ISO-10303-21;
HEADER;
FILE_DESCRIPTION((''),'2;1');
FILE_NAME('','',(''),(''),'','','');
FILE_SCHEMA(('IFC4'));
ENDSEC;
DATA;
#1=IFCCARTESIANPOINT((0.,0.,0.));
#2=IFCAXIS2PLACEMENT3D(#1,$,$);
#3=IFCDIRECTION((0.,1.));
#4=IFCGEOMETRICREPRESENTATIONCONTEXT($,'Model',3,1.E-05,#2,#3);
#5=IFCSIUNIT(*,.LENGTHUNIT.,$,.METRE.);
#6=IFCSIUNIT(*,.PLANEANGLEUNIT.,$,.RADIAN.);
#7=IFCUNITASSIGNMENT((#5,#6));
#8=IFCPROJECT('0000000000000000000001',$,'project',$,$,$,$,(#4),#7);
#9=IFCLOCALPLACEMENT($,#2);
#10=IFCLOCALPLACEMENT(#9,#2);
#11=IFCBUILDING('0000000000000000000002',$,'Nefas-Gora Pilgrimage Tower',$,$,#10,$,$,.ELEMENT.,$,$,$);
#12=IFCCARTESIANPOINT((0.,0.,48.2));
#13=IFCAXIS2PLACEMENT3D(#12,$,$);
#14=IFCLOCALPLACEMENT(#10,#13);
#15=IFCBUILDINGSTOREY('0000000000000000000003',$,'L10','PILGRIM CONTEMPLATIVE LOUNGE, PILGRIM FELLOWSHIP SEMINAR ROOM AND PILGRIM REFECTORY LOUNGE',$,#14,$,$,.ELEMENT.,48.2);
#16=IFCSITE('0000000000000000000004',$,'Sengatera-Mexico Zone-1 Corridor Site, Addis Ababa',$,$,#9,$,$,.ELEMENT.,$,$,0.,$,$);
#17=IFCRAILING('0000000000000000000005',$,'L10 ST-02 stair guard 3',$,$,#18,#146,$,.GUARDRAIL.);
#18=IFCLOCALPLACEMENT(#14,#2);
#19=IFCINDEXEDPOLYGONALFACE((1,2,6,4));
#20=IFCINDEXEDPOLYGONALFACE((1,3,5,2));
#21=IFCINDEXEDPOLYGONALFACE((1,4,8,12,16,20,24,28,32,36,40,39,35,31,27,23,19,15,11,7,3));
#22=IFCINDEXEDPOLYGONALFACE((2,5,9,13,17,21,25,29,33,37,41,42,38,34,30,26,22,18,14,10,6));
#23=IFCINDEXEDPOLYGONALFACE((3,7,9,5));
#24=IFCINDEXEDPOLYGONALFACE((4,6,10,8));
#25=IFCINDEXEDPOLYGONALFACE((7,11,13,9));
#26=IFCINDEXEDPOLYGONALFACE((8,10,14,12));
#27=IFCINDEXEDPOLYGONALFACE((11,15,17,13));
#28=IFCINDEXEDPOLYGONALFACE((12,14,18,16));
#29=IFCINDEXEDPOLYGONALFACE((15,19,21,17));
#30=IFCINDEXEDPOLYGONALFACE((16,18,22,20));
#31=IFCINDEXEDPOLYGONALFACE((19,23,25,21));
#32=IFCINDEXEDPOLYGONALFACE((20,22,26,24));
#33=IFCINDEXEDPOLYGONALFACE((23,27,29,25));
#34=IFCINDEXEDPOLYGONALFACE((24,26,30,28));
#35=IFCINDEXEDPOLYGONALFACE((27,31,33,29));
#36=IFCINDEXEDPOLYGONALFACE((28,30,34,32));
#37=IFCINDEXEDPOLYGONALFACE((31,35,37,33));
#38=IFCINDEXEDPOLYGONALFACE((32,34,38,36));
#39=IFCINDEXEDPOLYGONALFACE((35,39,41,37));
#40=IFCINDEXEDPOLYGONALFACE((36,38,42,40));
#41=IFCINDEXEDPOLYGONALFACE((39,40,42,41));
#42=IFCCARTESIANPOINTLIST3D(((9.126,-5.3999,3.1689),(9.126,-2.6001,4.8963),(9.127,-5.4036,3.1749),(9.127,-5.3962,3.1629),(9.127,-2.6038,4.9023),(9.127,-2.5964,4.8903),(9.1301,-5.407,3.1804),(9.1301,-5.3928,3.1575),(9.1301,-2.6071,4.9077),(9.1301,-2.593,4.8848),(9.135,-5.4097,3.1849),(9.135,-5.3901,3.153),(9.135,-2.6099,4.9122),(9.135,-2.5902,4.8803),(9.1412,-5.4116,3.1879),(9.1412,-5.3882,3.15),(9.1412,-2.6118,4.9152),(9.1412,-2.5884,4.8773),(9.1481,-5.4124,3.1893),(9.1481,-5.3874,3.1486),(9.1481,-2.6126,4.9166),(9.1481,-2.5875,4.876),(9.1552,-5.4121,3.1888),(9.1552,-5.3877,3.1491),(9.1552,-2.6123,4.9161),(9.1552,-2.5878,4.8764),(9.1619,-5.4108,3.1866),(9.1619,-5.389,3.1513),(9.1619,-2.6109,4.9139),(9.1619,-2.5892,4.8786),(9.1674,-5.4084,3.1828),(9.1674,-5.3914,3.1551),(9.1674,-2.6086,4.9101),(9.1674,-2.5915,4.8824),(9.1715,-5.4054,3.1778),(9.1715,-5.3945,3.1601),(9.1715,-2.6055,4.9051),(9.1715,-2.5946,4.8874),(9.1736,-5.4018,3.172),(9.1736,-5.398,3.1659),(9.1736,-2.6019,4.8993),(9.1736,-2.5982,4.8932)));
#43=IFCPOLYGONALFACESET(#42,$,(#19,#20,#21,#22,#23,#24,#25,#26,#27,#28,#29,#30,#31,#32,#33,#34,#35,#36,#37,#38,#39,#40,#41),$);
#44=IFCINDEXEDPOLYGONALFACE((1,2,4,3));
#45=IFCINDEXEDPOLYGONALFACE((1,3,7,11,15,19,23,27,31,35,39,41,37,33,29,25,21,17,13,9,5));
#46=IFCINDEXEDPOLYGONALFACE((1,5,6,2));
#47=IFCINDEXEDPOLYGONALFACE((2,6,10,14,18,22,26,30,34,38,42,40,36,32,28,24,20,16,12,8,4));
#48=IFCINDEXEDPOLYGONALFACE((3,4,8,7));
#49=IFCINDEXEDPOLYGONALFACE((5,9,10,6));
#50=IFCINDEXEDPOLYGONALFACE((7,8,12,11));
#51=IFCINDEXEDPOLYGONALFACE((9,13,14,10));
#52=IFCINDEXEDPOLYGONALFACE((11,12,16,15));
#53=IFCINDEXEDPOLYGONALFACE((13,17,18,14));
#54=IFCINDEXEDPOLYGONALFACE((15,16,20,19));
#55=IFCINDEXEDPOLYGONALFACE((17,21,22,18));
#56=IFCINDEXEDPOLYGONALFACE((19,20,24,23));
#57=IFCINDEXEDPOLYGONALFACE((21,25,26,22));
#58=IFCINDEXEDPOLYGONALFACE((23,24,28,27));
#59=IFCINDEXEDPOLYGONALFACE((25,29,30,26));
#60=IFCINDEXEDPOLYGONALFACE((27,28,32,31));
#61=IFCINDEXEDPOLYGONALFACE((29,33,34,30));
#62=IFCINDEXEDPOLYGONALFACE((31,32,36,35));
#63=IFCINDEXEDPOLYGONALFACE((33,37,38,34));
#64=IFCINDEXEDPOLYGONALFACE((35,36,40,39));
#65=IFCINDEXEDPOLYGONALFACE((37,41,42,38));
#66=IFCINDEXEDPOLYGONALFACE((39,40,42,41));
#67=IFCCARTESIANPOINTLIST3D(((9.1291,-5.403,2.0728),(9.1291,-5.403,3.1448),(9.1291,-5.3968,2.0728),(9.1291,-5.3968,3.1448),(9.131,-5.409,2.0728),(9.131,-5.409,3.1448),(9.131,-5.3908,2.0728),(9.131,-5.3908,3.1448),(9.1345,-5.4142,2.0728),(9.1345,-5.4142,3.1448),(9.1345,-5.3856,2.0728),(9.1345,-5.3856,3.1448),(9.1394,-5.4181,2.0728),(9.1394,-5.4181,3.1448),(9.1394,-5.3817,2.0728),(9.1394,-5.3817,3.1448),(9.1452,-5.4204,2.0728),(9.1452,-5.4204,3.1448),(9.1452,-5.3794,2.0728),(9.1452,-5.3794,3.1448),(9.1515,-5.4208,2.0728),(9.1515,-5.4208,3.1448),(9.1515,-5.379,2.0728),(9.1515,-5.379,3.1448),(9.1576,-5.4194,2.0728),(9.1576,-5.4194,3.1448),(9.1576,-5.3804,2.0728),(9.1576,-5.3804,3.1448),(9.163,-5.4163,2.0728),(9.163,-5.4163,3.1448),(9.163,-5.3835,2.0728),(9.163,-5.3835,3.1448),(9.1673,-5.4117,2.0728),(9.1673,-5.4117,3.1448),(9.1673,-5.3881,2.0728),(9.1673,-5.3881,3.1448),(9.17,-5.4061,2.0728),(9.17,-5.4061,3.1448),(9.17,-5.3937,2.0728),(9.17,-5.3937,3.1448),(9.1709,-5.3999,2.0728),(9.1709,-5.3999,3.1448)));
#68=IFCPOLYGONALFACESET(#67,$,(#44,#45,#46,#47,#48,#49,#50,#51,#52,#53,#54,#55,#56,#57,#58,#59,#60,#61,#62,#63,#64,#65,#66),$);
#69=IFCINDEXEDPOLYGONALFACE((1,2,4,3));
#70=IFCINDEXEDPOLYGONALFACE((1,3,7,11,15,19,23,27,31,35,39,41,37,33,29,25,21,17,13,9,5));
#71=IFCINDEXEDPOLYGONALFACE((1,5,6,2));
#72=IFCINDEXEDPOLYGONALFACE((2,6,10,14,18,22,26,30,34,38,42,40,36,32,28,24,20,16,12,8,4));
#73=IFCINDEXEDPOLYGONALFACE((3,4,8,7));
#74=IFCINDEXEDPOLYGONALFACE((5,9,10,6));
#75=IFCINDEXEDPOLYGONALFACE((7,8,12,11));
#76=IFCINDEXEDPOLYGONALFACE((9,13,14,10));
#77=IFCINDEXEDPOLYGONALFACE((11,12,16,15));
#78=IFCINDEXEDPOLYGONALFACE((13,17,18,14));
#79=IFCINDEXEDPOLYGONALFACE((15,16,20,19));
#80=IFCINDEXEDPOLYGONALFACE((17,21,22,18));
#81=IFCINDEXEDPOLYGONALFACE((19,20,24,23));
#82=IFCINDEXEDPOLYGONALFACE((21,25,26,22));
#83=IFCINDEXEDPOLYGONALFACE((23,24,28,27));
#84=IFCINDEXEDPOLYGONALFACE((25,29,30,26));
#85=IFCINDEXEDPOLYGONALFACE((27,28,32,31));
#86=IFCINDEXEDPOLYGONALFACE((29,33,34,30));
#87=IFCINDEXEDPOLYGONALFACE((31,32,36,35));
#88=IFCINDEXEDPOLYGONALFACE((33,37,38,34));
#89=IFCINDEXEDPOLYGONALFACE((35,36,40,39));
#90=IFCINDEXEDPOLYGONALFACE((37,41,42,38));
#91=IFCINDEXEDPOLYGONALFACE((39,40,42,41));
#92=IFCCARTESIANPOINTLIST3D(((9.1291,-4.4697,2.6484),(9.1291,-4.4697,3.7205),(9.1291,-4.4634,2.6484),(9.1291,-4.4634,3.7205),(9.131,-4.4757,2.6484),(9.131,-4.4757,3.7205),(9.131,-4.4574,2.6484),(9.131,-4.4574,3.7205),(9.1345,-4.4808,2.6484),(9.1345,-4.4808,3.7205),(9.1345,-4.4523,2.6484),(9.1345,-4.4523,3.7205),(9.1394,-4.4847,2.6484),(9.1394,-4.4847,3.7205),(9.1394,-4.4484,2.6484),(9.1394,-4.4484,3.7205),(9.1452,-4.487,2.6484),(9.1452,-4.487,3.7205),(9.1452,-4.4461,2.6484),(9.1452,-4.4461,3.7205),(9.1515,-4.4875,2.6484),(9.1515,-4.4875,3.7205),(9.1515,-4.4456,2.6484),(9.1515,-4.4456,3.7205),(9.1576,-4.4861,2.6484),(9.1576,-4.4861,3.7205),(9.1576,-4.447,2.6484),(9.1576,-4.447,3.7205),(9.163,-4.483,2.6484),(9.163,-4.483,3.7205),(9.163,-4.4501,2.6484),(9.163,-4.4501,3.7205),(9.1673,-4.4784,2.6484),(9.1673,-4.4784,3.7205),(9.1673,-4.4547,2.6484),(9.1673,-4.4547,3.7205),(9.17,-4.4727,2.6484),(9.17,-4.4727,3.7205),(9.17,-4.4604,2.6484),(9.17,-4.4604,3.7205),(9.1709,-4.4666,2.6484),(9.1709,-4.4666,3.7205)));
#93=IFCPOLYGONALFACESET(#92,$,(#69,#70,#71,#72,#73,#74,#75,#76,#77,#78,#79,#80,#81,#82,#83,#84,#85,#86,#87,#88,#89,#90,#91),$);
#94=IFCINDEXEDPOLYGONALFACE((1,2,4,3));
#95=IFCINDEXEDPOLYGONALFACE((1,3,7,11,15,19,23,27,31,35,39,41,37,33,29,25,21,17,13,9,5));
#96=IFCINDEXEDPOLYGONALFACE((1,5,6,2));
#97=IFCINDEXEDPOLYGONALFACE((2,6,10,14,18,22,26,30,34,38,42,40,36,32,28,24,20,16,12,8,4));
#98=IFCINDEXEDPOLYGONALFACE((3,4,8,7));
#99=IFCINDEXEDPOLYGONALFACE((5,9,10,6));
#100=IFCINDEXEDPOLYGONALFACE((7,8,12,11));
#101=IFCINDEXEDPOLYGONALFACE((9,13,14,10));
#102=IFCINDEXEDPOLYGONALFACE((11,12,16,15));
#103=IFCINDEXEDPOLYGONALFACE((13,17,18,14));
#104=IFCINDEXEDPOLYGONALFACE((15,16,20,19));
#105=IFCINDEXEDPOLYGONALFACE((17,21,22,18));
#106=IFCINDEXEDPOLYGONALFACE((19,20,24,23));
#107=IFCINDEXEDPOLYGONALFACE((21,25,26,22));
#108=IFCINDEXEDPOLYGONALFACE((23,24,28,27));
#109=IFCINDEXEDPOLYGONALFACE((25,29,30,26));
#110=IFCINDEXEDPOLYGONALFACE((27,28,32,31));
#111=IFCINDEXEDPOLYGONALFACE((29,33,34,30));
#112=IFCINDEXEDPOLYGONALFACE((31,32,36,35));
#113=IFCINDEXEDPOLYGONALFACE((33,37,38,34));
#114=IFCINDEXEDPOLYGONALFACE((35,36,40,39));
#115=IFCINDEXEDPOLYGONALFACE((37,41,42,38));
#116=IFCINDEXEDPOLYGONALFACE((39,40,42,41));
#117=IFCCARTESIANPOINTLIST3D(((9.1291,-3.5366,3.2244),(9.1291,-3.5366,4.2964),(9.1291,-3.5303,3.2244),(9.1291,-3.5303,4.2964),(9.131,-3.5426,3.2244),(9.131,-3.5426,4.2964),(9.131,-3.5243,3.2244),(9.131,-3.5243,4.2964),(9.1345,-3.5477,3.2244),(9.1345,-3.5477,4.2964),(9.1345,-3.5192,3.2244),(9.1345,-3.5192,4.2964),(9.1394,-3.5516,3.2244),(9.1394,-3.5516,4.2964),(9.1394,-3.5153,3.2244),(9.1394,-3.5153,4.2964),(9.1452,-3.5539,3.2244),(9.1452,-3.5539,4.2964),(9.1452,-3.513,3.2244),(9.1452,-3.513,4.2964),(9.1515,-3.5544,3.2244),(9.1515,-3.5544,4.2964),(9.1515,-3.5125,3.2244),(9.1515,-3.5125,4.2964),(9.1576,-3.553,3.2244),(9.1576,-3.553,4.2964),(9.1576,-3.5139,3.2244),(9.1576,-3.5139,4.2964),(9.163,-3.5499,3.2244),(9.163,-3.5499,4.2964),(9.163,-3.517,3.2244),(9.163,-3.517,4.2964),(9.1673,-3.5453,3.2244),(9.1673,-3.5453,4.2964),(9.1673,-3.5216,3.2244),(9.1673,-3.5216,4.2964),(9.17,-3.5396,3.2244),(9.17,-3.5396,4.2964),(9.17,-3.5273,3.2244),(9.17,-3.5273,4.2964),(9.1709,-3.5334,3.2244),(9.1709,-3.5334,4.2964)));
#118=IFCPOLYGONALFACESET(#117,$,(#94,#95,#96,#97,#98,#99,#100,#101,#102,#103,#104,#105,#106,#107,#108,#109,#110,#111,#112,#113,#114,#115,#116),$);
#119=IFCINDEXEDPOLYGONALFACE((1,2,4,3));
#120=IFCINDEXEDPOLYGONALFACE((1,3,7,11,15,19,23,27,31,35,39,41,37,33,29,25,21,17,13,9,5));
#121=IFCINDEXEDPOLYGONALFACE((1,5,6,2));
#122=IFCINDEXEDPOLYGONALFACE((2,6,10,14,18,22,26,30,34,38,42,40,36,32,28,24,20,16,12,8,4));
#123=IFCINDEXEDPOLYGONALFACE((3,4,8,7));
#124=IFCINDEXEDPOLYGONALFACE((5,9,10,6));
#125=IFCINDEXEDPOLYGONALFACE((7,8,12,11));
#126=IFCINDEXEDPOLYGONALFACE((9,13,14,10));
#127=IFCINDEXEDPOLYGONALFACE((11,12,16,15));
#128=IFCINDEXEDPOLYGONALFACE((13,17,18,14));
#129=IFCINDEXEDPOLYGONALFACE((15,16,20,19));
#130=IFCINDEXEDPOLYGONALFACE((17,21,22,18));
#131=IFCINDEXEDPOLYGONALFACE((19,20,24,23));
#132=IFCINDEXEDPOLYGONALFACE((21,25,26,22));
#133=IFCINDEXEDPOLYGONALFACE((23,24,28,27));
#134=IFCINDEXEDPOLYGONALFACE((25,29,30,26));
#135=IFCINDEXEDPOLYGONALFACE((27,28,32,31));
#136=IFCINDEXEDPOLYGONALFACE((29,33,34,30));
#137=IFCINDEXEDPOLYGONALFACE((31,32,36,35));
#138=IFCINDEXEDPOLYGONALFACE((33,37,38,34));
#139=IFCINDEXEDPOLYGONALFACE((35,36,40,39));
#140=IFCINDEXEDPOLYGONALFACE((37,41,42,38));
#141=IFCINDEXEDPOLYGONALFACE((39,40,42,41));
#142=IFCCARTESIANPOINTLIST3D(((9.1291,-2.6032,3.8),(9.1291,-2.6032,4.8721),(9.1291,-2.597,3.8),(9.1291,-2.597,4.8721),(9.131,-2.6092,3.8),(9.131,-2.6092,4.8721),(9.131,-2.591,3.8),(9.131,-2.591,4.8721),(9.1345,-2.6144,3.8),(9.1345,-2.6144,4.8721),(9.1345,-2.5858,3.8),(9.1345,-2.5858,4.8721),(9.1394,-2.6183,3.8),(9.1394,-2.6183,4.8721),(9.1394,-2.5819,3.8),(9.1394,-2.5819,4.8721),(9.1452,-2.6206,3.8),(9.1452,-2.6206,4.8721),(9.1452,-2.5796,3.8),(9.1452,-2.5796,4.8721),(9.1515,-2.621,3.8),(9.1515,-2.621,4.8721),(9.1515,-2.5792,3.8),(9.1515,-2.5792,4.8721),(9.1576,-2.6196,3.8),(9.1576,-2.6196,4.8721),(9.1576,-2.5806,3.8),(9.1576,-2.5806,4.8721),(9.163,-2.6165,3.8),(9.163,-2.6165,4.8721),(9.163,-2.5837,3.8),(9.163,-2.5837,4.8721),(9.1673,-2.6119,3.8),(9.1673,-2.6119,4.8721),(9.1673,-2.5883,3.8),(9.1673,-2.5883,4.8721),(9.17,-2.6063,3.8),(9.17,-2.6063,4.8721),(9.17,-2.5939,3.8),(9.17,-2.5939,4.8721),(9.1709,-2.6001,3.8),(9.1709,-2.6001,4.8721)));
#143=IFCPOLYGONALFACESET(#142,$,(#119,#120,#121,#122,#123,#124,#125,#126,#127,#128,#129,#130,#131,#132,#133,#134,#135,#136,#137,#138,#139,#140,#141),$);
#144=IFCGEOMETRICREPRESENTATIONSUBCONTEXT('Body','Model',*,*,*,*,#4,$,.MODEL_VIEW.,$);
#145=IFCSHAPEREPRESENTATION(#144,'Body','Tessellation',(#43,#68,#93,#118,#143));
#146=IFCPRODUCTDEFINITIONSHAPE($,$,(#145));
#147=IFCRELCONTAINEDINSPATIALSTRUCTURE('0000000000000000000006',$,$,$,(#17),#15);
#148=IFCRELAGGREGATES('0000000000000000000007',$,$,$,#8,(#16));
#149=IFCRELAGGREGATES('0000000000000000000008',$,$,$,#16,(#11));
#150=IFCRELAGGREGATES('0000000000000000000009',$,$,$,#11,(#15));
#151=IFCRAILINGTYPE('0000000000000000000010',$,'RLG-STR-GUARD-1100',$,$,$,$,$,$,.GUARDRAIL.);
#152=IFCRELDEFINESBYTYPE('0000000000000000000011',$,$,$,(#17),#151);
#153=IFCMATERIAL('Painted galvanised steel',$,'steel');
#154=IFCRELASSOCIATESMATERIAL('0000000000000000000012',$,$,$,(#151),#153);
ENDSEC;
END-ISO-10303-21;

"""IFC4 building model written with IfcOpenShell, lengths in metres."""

from ifc_helpers import new_model, si_unit, direction, frame, origin, origin_2d, place, context, subcontext, project, spatial, circle, extrude, material, type_object, element, save


model = new_model("IFC4")

# Units and contexts
model_context = context("Model", 3, precision=1e-05, world=origin(), true_north=direction((0.0, 1.0)))
body_context = subcontext(model_context, "Body", "Model", "MODEL_VIEW")
ifc_project = project(units=[si_unit("LENGTHUNIT", "METRE"), si_unit("PLANEANGLEUNIT", "RADIAN")], contexts=[model_context])

# Site, building, storey
site_placement = place(None, origin())
site = spatial("IfcSite", under=ifc_project, at=site_placement, Name="Sengatera-Mexico Zone-1 Corridor Site, Addis Ababa", CompositionType="ELEMENT", RefElevation=0.0)
building_placement = place(site_placement, origin())
building = spatial("IfcBuilding", under=site, at=building_placement, Name="Nefas-Gora Pilgrimage Tower", CompositionType="ELEMENT")
storey_placement = place(building_placement, frame((0.0, 0.0, 48.2)))
storey = spatial("IfcBuildingStorey", under=building, at=storey_placement, Name="L10", Description="PILGRIM CONTEMPLATIVE LOUNGE, PILGRIM FELLOWSHIP SEMINAR ROOM AND PILGRIM REFECTORY LOUNGE", CompositionType="ELEMENT", Elevation=48.2)

# Railing
ifc_material_1 = material(Name="Painted galvanised steel", Category="steel")
railing_type_1 = type_object("IfcRailingType", Name="RLG-STR-GUARD-1100", PredefinedType="GUARDRAIL", material=ifc_material_1)
railing_1_placement = place(storey_placement, frame((9.1499, -5.3999, 2.0728)))
element("IfcRailing", 1, at=railing_1_placement, inside=storey, type_object=railing_type_1, Name="L10 ST-02 stair guard 3", PredefinedType="GUARDRAIL", context=body_context, shape_type="SweptSolid", body=[
    extrude(circle(Radius=0.0239, at=origin_2d()), frame((0.0, 0.0, 1.0962), z_axis=(0.0, 0.851069, 0.525054), x_axis=(-1.0, 0.0, 0.0)), (0.0, 0.0, 1.0), 3.2898),
    extrude(circle(Radius=0.021, at=origin_2d()), origin(), (0.0, 0.0, 1.0), 1.072),
    extrude(circle(Radius=0.021, at=origin_2d()), frame((0.0, 0.9333, 0.5757)), (0.0, 0.0, 1.0), 1.072),
    extrude(circle(Radius=0.021, at=origin_2d()), frame((0.0, 1.8665, 1.1516)), (0.0, 0.0, 1.0), 1.072),
    extrude(circle(Radius=0.021, at=origin_2d()), frame((0.0, 2.7998, 1.7273)), (0.0, 0.0, 1.0), 1.072),
])

save(model, "model.ifc")
